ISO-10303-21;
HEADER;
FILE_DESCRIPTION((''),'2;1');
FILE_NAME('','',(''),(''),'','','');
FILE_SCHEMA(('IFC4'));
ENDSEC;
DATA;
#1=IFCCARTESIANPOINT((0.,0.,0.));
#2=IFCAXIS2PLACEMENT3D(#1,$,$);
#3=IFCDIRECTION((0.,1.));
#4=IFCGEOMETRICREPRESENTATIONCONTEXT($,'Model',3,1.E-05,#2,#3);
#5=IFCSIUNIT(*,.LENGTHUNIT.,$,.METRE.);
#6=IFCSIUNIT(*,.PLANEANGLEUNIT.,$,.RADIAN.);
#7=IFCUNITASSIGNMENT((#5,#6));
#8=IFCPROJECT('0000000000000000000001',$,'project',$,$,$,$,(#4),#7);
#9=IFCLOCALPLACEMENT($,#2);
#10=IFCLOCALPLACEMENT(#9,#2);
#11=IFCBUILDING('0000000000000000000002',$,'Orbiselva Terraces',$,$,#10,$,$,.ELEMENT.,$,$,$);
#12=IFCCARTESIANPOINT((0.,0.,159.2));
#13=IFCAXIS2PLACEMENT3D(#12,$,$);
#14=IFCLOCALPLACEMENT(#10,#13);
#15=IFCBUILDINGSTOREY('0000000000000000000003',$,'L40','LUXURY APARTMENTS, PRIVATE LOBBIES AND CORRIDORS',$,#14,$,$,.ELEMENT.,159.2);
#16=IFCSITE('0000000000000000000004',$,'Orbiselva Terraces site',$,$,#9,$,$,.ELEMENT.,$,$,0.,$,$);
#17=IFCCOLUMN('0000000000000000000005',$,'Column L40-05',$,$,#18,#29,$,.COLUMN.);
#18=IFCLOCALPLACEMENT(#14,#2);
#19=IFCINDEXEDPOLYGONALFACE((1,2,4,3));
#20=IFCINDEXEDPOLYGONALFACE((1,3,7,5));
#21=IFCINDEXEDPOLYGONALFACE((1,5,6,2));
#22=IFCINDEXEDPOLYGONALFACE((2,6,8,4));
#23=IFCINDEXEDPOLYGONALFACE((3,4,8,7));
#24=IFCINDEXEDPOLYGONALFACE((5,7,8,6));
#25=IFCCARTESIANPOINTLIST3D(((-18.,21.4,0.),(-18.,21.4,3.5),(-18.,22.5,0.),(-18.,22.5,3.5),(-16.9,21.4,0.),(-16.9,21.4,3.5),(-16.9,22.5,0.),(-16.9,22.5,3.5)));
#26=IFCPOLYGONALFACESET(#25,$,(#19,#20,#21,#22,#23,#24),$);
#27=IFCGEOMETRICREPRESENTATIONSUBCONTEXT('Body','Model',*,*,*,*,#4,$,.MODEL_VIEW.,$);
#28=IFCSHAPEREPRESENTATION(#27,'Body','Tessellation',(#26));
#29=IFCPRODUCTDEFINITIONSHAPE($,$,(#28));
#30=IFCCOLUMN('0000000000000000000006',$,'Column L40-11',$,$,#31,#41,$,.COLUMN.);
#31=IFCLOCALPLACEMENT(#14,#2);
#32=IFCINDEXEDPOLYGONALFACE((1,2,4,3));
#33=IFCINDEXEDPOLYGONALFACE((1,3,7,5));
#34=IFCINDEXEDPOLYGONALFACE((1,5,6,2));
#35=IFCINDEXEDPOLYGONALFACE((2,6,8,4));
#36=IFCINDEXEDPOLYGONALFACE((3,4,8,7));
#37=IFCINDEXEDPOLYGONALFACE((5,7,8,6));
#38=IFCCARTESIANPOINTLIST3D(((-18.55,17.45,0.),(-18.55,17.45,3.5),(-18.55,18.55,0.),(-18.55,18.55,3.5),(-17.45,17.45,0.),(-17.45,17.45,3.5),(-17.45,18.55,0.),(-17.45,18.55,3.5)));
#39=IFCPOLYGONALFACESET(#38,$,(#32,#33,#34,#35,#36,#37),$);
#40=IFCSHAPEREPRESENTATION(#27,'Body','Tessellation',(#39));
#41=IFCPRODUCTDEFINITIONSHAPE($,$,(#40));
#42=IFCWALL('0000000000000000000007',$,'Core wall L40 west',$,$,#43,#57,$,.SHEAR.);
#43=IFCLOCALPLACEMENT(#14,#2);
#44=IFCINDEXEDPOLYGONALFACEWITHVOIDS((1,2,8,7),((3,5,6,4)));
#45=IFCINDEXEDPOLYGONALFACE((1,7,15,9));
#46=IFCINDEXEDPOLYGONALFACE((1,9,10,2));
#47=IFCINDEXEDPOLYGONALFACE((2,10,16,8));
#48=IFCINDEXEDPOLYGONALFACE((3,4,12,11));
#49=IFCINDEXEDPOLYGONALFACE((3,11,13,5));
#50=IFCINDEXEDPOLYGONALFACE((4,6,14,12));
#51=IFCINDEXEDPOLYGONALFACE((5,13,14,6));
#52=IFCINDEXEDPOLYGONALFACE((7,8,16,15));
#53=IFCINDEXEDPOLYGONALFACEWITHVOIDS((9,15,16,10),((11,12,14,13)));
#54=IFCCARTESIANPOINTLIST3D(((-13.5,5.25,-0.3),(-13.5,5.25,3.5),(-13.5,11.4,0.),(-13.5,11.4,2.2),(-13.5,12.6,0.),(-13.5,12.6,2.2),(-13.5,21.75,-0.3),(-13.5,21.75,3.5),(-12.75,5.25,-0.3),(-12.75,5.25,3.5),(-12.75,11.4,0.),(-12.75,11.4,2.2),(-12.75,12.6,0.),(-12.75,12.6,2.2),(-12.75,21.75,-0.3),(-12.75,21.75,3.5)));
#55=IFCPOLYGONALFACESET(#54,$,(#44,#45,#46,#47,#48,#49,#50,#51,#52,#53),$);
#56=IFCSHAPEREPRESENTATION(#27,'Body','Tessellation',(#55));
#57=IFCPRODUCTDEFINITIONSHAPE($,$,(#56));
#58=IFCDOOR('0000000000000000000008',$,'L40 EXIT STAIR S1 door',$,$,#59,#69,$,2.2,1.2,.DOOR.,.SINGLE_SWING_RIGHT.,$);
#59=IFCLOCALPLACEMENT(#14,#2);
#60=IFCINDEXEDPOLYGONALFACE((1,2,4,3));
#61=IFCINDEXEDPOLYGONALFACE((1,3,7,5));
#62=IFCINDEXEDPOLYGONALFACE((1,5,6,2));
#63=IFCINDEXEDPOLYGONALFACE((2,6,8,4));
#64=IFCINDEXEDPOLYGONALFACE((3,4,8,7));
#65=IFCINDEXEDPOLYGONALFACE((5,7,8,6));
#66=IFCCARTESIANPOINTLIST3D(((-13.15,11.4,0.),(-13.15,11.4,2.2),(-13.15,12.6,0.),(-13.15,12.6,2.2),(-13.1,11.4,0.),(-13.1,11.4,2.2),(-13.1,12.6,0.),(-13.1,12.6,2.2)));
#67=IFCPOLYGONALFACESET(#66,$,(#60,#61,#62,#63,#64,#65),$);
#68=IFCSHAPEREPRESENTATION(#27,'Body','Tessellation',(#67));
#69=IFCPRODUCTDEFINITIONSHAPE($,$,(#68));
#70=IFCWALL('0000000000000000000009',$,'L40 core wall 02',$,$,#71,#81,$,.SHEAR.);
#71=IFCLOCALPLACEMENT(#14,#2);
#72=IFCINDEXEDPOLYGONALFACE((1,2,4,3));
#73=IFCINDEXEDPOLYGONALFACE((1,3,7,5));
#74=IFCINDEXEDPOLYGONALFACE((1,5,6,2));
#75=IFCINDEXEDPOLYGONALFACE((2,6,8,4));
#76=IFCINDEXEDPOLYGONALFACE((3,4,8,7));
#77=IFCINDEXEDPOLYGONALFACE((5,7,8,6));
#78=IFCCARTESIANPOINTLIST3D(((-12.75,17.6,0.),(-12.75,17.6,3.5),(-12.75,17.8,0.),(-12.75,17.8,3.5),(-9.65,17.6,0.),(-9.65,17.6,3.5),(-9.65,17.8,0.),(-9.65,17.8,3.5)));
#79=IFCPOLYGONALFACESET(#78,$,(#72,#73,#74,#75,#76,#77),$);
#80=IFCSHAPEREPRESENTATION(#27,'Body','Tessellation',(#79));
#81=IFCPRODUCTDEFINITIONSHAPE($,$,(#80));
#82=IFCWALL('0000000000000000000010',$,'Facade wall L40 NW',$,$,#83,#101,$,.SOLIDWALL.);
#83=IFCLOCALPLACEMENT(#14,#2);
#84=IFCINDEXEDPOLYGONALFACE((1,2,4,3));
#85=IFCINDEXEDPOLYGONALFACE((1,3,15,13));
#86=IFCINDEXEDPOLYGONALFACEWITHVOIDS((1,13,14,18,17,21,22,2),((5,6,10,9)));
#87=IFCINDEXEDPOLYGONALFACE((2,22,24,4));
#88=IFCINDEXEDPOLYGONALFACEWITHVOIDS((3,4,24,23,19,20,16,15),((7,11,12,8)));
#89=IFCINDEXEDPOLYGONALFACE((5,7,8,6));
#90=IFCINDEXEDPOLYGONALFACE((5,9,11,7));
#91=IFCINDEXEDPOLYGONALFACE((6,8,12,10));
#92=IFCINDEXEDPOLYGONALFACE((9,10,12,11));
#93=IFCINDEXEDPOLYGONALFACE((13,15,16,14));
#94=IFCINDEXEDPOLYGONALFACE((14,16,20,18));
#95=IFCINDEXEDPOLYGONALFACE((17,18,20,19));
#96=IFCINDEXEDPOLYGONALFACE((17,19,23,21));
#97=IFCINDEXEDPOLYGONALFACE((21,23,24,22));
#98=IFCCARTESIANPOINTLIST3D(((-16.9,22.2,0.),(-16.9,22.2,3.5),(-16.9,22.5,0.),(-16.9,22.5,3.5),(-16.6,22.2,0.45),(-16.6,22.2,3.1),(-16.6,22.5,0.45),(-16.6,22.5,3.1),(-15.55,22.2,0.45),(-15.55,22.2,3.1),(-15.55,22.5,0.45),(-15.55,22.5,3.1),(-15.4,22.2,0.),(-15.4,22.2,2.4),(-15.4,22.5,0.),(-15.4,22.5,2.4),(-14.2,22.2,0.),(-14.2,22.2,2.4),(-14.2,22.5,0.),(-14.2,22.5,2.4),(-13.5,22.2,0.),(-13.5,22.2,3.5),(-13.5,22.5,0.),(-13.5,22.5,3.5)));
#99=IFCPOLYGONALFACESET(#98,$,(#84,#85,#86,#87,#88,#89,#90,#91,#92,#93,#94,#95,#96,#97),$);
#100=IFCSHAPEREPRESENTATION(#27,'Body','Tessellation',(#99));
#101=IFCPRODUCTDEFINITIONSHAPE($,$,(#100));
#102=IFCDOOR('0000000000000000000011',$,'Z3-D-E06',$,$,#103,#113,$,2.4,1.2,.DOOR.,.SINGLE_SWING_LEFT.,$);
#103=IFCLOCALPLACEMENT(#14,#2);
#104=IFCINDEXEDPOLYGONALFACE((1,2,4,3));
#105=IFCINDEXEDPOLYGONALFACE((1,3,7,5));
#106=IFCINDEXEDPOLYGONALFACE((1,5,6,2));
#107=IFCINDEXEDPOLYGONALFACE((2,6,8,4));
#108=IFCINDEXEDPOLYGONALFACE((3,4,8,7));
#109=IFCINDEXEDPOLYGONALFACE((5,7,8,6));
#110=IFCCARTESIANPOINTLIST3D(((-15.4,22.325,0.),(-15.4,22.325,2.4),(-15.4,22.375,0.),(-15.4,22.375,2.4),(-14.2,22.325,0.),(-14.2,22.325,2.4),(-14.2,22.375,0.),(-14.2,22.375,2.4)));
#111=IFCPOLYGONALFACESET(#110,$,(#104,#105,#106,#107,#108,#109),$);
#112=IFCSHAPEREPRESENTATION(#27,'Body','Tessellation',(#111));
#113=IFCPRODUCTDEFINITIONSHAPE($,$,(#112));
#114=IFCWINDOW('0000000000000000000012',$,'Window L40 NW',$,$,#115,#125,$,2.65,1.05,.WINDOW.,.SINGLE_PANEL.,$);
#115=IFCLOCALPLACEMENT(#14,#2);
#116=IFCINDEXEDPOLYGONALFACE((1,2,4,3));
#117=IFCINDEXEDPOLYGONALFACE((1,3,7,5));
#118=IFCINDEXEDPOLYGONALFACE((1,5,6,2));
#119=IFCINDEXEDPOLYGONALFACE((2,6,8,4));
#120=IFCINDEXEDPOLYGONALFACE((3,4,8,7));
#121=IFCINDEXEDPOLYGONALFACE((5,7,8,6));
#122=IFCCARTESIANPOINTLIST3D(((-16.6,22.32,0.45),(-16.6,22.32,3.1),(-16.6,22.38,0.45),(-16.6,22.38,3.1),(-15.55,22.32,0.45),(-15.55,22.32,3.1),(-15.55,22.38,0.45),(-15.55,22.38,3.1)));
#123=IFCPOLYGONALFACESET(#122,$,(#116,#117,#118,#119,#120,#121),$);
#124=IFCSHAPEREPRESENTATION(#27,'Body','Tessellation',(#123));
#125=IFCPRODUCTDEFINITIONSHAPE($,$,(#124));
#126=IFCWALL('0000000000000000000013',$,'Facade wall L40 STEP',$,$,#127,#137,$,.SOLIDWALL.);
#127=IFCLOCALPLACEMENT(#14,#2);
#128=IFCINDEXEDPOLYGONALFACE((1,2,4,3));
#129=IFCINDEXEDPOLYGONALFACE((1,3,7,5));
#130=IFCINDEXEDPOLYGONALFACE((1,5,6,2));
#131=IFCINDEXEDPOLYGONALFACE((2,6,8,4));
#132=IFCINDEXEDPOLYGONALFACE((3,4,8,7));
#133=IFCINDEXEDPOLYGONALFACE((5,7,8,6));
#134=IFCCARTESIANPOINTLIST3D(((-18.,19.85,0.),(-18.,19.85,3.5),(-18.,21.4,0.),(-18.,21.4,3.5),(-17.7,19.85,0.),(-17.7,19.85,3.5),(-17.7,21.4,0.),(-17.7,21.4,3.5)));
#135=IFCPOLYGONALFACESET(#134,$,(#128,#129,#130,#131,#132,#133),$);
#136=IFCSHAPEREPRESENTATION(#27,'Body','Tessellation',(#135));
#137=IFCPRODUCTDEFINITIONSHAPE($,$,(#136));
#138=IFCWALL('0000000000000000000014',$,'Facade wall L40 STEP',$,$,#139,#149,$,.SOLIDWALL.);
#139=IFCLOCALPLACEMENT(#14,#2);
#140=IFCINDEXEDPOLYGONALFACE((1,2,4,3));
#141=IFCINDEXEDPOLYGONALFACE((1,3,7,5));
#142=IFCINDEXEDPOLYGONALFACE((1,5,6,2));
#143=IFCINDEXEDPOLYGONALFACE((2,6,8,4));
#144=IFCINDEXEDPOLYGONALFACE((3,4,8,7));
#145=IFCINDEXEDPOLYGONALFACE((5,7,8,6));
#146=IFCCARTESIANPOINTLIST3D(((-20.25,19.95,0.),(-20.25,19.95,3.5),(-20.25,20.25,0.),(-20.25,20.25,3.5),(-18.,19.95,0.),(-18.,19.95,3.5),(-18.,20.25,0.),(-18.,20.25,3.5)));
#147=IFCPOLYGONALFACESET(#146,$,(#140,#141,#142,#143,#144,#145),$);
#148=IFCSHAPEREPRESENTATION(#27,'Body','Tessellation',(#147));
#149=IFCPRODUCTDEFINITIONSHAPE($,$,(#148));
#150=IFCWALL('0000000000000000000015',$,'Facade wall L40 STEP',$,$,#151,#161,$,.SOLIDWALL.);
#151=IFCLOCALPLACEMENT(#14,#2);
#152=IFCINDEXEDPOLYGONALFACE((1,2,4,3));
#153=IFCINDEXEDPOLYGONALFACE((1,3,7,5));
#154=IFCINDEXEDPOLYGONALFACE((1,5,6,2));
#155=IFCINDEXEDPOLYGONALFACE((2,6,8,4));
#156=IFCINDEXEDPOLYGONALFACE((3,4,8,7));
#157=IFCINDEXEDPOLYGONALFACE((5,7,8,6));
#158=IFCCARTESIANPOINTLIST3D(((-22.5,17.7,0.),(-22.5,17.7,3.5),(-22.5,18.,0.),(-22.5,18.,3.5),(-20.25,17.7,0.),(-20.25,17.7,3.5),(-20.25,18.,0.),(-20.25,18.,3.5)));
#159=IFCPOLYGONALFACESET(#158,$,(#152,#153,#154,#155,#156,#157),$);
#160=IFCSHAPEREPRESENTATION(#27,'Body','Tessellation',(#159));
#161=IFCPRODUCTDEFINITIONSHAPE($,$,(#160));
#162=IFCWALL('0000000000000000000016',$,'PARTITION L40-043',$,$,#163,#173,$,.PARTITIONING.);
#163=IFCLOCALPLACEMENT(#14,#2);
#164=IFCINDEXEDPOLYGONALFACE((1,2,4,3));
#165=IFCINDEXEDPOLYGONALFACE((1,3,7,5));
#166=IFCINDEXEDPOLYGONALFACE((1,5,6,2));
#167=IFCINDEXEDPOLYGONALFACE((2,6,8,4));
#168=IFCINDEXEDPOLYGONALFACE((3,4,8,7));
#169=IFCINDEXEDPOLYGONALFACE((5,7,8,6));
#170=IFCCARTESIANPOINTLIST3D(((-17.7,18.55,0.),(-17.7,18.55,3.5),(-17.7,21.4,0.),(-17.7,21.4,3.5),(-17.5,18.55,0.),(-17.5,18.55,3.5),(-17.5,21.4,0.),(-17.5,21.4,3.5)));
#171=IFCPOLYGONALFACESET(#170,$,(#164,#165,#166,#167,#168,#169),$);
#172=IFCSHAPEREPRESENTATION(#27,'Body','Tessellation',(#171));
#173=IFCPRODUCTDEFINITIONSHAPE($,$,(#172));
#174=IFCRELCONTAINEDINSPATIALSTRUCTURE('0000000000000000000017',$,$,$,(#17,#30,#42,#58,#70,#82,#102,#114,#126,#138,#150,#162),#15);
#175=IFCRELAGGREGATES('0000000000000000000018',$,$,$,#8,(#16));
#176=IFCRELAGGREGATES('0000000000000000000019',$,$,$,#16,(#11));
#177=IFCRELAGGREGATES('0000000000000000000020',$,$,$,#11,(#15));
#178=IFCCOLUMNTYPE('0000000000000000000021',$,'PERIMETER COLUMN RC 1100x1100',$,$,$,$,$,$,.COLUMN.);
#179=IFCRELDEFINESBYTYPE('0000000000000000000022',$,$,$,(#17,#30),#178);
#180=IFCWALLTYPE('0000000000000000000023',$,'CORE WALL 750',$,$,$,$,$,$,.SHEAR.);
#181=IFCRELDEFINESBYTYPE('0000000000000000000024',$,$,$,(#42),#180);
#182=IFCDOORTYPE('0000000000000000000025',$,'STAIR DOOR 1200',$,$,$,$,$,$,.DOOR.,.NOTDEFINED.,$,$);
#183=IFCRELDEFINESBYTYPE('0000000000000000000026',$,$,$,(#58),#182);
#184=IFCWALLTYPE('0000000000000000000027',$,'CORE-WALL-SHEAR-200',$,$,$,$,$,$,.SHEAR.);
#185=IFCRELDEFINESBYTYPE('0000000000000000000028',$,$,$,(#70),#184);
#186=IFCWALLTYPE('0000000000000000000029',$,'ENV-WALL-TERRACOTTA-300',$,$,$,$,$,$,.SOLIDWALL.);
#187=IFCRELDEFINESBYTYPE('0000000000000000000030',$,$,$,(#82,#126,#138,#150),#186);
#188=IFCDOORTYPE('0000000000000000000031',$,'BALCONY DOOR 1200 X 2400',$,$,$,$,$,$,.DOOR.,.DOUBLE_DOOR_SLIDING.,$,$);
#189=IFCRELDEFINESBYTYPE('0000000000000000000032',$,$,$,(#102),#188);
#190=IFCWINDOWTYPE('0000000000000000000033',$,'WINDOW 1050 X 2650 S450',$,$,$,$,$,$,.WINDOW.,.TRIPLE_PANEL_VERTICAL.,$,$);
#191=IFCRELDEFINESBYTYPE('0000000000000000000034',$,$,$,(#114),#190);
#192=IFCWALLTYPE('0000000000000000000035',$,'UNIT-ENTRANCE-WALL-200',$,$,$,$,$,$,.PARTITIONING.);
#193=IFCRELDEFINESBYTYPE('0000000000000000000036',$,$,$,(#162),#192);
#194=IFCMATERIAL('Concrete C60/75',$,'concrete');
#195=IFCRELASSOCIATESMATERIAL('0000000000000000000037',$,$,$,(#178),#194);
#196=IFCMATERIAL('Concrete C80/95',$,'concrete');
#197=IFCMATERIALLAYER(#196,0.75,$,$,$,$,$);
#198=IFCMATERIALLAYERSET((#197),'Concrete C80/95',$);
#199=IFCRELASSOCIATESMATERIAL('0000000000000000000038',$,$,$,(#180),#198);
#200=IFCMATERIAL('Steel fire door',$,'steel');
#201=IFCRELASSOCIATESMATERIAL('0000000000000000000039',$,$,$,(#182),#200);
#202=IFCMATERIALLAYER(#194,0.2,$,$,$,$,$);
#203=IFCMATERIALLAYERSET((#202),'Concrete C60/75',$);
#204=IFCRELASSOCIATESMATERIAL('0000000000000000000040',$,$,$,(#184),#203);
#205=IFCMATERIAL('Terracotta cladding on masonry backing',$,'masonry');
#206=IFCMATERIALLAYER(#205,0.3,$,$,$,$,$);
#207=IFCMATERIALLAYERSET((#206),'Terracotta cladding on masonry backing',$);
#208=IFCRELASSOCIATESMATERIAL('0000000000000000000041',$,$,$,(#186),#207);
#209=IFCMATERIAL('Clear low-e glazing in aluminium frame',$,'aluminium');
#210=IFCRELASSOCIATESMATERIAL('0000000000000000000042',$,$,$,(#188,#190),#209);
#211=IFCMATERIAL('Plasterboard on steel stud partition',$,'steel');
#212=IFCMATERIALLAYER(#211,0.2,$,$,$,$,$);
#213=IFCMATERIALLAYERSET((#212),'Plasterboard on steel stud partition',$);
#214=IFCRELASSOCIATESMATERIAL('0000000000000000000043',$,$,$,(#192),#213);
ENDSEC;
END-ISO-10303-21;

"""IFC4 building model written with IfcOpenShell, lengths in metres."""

from ifc_helpers import new_model, si_unit, direction, frame, frame_2d, origin, origin_2d, place, context, subcontext, project, spatial, rectangle, extrude, material, layer, layer_set, material_profile, profile_set, type_object, element, fill, save


model = new_model("IFC4")

# Units and contexts
model_context = context("Model", 3, precision=1e-05, world=origin(), true_north=direction((0.0, 1.0)))
body_context = subcontext(model_context, "Body", "Model", "MODEL_VIEW")
ifc_project = project(units=[si_unit("LENGTHUNIT", "METRE"), si_unit("PLANEANGLEUNIT", "RADIAN")], contexts=[model_context])

# Site, building, storey
site_placement = place(None, origin())
site = spatial("IfcSite", under=ifc_project, at=site_placement, Name="Orbiselva Terraces site", CompositionType="ELEMENT", RefElevation=0.0)
building_placement = place(site_placement, origin())
building = spatial("IfcBuilding", under=site, at=building_placement, Name="Orbiselva Terraces", CompositionType="ELEMENT")
storey_placement = place(building_placement, frame((0.0, 0.0, 159.2)))
storey = spatial("IfcBuildingStorey", under=building, at=storey_placement, Name="L40", Description="LUXURY APARTMENTS, PRIVATE LOBBIES AND CORRIDORS", CompositionType="ELEMENT", Elevation=159.2)

# Columns
ifc_material_1 = material(Name="Concrete C60/75", Category="concrete")
ifc_material_profile = material_profile(ifc_material_1, rectangle(XDim=1.1, YDim=1.1, at=origin_2d()), Name="RC 1100x1100")
ifc_profile_set = profile_set([ifc_material_profile], Name="Concrete C60/75")
column_type = type_object("IfcColumnType", Name="PERIMETER COLUMN RC 1100x1100", PredefinedType="COLUMN", material=ifc_profile_set)
for number, where, z_axis, x_axis, name in (
    (1, (-17.45, 21.95, 0.0), (0.0, 0.0, 1.0), (1.0, 0.0, 0.0), "Column L40-05"),
    (2, (-18.0, 18.0, 0.0), (0.0, 0.0, 1.0), (1.0, 0.0, 0.0), "Column L40-11"),
):
    element("IfcColumn", number, at=place(storey_placement, frame(where, z_axis=z_axis, x_axis=x_axis)), inside=storey, type_object=column_type, Name=name, PredefinedType="COLUMN", context=body_context, shape_type="SweptSolid", body=[
        extrude(rectangle(XDim=1.1, YDim=1.1, at=origin_2d()), origin(), (0.0, 0.0, 1.0), 3.5),
    ])

# Wall, opening, door
ifc_material_2 = material(Name="Concrete C80/95", Category="concrete")
ifc_layer_1 = layer(ifc_material_2, 0.75)
ifc_layer_set_1 = layer_set([ifc_layer_1], Name="Concrete C80/95")
wall_type_1 = type_object("IfcWallType", Name="CORE WALL 750", PredefinedType="SHEAR", material=ifc_layer_set_1)
wall_1_placement = place(storey_placement, frame((-13.125, 21.75, -0.3), z_axis=(0.0, 0.0, 1.0), x_axis=(0.0, -1.0, 0.0)))
wall_1 = element("IfcWall", 3, at=wall_1_placement, inside=storey, type_object=wall_type_1, Name="Core wall L40 west", PredefinedType="SHEAR", context=body_context, shape_type="SweptSolid", body=[
    extrude(rectangle(XDim=16.5, YDim=0.75, at=frame_2d((8.25, 0.0))), origin(), (0.0, 0.0, 1.0), 3.8),
])
opening_1_placement = place(wall_1_placement, frame((9.15, 0.0, 0.3)))
opening_1 = element("IfcOpeningElement", 4, at=opening_1_placement, cuts=wall_1, PredefinedType="OPENING", context=body_context, shape_type="SweptSolid", body=[
    extrude(rectangle(XDim=1.2, YDim=2.2, at=frame_2d((0.6, 1.1))), frame((0.0, 0.385, 0.0), z_axis=(0.0, -1.0, 0.0), x_axis=(1.0, 0.0, 0.0)), (0.0, 0.0, 1.0), 0.77),
])
ifc_material_3 = material(Name="Steel fire door", Category="steel")
door_type_1 = type_object("IfcDoorType", Name="STAIR DOOR 1200", OperationType="NOTDEFINED", PredefinedType="DOOR", material=ifc_material_3)
door_1_placement = place(opening_1_placement, frame((1.2, 0.0, 0.0), z_axis=(0.0, 0.0, 1.0), x_axis=(-1.0, 0.0, 0.0)))
door_1 = element("IfcDoor", 5, at=door_1_placement, inside=storey, type_object=door_type_1, Name="L40 EXIT STAIR S1 door", OperationType="SINGLE_SWING_RIGHT", OverallHeight=2.2, OverallWidth=1.2, PredefinedType="DOOR", context=body_context, shape_type="SweptSolid", body=[
    extrude(rectangle(XDim=1.2, YDim=2.2, at=frame_2d((0.6, 1.1))), frame((0.0, 0.025, 0.0), z_axis=(0.0, -1.0, 0.0), x_axis=(1.0, 0.0, 0.0)), (0.0, 0.0, 1.0), 0.05),
])
fill(opening_1, door_1)

# Wall
ifc_layer_2 = layer(ifc_material_1, 0.2)
ifc_layer_set_2 = layer_set([ifc_layer_2], Name="Concrete C60/75")
wall_type_2 = type_object("IfcWallType", Name="CORE-WALL-SHEAR-200", PredefinedType="SHEAR", material=ifc_layer_set_2)
wall_2_placement = place(storey_placement, frame((-12.75, 17.7, 0.0), z_axis=(0.0, 0.0, 1.0), x_axis=(1.0, 0.0, 0.0)))
element("IfcWall", 6, at=wall_2_placement, inside=storey, type_object=wall_type_2, Name="L40 core wall 02", PredefinedType="SHEAR", context=body_context, shape_type="SweptSolid", body=[
    extrude(rectangle(XDim=3.1, YDim=0.2, at=frame_2d((1.55, 0.0))), origin(), (0.0, 0.0, 1.0), 3.5),
])

# Wall, openings, door, window
ifc_material_4 = material(Name="Terracotta cladding on masonry backing", Category="masonry")
ifc_layer_3 = layer(ifc_material_4, 0.3)
ifc_layer_set_3 = layer_set([ifc_layer_3], Name="Terracotta cladding on masonry backing")
wall_type_3 = type_object("IfcWallType", Name="ENV-WALL-TERRACOTTA-300", PredefinedType="SOLIDWALL", material=ifc_layer_set_3)
wall_3_placement = place(storey_placement, frame((-16.9, 22.35, 0.0), z_axis=(0.0, 0.0, 1.0), x_axis=(1.0, 0.0, 0.0)))
wall_3 = element("IfcWall", 7, at=wall_3_placement, inside=storey, type_object=wall_type_3, Name="Facade wall L40 NW", PredefinedType="SOLIDWALL", context=body_context, shape_type="SweptSolid", body=[
    extrude(rectangle(XDim=3.4, YDim=0.3, at=frame_2d((1.7, 0.0))), origin(), (0.0, 0.0, 1.0), 3.5),
])
opening_2_placement = place(wall_3_placement, frame((1.5, 0.0, 0.0)))
opening_2 = element("IfcOpeningElement", 8, at=opening_2_placement, cuts=wall_3, PredefinedType="OPENING", context=body_context, shape_type="SweptSolid", body=[
    extrude(rectangle(XDim=1.2, YDim=2.4, at=frame_2d((0.6, 1.2))), frame((0.0, 0.16, 0.0), z_axis=(0.0, -1.0, 0.0), x_axis=(1.0, 0.0, 0.0)), (0.0, 0.0, 1.0), 0.32),
])
opening_3_placement = place(wall_3_placement, frame((0.3, 0.0, 0.45)))
opening_3 = element("IfcOpeningElement", 9, at=opening_3_placement, cuts=wall_3, PredefinedType="OPENING", context=body_context, shape_type="SweptSolid", body=[
    extrude(rectangle(XDim=1.05, YDim=2.65, at=frame_2d((0.525, 1.325))), frame((0.0, 0.16, 0.0), z_axis=(0.0, -1.0, 0.0), x_axis=(1.0, 0.0, 0.0)), (0.0, 0.0, 1.0), 0.32),
])
ifc_material_5 = material(Name="Clear low-e glazing in aluminium frame", Category="aluminium")
door_type_2 = type_object("IfcDoorType", Name="BALCONY DOOR 1200 X 2400", OperationType="DOUBLE_DOOR_SLIDING", PredefinedType="DOOR", material=ifc_material_5)
door_2_placement = place(opening_2_placement, origin())
door_2 = element("IfcDoor", 10, at=door_2_placement, inside=storey, type_object=door_type_2, Name="Z3-D-E06", OperationType="SINGLE_SWING_LEFT", OverallHeight=2.4, OverallWidth=1.2, PredefinedType="DOOR", context=body_context, shape_type="SweptSolid", body=[
    extrude(rectangle(XDim=1.2, YDim=2.4, at=frame_2d((0.6, 1.2))), frame((0.0, 0.025, 0.0), z_axis=(0.0, -1.0, 0.0), x_axis=(1.0, 0.0, 0.0)), (0.0, 0.0, 1.0), 0.05),
])
fill(opening_2, door_2)
window_type = type_object("IfcWindowType", Name="WINDOW 1050 X 2650 S450", PartitioningType="TRIPLE_PANEL_VERTICAL", PredefinedType="WINDOW", material=ifc_material_5)
window_placement = place(opening_3_placement, origin())
window = element("IfcWindow", 11, at=window_placement, inside=storey, type_object=window_type, Name="Window L40 NW", OverallHeight=2.65, OverallWidth=1.05, PartitioningType="SINGLE_PANEL", PredefinedType="WINDOW", context=body_context, shape_type="SweptSolid", body=[
    extrude(rectangle(XDim=1.05, YDim=2.65, at=frame_2d((0.525, 1.325))), frame((0.0, 0.03, 0.0), z_axis=(0.0, -1.0, 0.0), x_axis=(1.0, 0.0, 0.0)), (0.0, 0.0, 1.0), 0.06),
])
fill(opening_3, window)

# Walls
wall_4_placement = place(storey_placement, frame((-17.85, 19.85, 0.0), z_axis=(0.0, 0.0, 1.0), x_axis=(0.0, 1.0, 0.0)))
element("IfcWall", 12, at=wall_4_placement, inside=storey, type_object=wall_type_3, Name="Facade wall L40 STEP", PredefinedType="SOLIDWALL", context=body_context, shape_type="SweptSolid", body=[
    extrude(rectangle(XDim=1.55, YDim=0.3, at=frame_2d((0.775, 0.0))), origin(), (0.0, 0.0, 1.0), 3.5),
])
for number, where, z_axis, x_axis, name in (
    (13, (-20.25, 20.1, 0.0), (0.0, 0.0, 1.0), (1.0, 0.0, 0.0), "Facade wall L40 STEP"),
    (14, (-22.5, 17.85, 0.0), (0.0, 0.0, 1.0), (1.0, 0.0, 0.0), "Facade wall L40 STEP"),
):
    element("IfcWall", number, at=place(storey_placement, frame(where, z_axis=z_axis, x_axis=x_axis)), inside=storey, type_object=wall_type_3, Name=name, PredefinedType="SOLIDWALL", context=body_context, shape_type="SweptSolid", body=[
        extrude(rectangle(XDim=2.25, YDim=0.3, at=frame_2d((1.125, 0.0))), origin(), (0.0, 0.0, 1.0), 3.5),
    ])
ifc_material_6 = material(Name="Plasterboard on steel stud partition", Category="steel")
ifc_layer_4 = layer(ifc_material_6, 0.2)
ifc_layer_set_4 = layer_set([ifc_layer_4], Name="Plasterboard on steel stud partition")
wall_type_4 = type_object("IfcWallType", Name="UNIT-ENTRANCE-WALL-200", PredefinedType="PARTITIONING", material=ifc_layer_set_4)
wall_5_placement = place(storey_placement, frame((-17.6, 18.55, 0.0), z_axis=(0.0, 0.0, 1.0), x_axis=(0.0, 1.0, 0.0)))
element("IfcWall", 15, at=wall_5_placement, inside=storey, type_object=wall_type_4, Name="PARTITION L40-043", PredefinedType="PARTITIONING", context=body_context, shape_type="SweptSolid", body=[
    extrude(rectangle(XDim=2.85, YDim=0.2, at=frame_2d((1.425, 0.0))), origin(), (0.0, 0.0, 1.0), 3.5),
])

save(model, "model.ifc")
